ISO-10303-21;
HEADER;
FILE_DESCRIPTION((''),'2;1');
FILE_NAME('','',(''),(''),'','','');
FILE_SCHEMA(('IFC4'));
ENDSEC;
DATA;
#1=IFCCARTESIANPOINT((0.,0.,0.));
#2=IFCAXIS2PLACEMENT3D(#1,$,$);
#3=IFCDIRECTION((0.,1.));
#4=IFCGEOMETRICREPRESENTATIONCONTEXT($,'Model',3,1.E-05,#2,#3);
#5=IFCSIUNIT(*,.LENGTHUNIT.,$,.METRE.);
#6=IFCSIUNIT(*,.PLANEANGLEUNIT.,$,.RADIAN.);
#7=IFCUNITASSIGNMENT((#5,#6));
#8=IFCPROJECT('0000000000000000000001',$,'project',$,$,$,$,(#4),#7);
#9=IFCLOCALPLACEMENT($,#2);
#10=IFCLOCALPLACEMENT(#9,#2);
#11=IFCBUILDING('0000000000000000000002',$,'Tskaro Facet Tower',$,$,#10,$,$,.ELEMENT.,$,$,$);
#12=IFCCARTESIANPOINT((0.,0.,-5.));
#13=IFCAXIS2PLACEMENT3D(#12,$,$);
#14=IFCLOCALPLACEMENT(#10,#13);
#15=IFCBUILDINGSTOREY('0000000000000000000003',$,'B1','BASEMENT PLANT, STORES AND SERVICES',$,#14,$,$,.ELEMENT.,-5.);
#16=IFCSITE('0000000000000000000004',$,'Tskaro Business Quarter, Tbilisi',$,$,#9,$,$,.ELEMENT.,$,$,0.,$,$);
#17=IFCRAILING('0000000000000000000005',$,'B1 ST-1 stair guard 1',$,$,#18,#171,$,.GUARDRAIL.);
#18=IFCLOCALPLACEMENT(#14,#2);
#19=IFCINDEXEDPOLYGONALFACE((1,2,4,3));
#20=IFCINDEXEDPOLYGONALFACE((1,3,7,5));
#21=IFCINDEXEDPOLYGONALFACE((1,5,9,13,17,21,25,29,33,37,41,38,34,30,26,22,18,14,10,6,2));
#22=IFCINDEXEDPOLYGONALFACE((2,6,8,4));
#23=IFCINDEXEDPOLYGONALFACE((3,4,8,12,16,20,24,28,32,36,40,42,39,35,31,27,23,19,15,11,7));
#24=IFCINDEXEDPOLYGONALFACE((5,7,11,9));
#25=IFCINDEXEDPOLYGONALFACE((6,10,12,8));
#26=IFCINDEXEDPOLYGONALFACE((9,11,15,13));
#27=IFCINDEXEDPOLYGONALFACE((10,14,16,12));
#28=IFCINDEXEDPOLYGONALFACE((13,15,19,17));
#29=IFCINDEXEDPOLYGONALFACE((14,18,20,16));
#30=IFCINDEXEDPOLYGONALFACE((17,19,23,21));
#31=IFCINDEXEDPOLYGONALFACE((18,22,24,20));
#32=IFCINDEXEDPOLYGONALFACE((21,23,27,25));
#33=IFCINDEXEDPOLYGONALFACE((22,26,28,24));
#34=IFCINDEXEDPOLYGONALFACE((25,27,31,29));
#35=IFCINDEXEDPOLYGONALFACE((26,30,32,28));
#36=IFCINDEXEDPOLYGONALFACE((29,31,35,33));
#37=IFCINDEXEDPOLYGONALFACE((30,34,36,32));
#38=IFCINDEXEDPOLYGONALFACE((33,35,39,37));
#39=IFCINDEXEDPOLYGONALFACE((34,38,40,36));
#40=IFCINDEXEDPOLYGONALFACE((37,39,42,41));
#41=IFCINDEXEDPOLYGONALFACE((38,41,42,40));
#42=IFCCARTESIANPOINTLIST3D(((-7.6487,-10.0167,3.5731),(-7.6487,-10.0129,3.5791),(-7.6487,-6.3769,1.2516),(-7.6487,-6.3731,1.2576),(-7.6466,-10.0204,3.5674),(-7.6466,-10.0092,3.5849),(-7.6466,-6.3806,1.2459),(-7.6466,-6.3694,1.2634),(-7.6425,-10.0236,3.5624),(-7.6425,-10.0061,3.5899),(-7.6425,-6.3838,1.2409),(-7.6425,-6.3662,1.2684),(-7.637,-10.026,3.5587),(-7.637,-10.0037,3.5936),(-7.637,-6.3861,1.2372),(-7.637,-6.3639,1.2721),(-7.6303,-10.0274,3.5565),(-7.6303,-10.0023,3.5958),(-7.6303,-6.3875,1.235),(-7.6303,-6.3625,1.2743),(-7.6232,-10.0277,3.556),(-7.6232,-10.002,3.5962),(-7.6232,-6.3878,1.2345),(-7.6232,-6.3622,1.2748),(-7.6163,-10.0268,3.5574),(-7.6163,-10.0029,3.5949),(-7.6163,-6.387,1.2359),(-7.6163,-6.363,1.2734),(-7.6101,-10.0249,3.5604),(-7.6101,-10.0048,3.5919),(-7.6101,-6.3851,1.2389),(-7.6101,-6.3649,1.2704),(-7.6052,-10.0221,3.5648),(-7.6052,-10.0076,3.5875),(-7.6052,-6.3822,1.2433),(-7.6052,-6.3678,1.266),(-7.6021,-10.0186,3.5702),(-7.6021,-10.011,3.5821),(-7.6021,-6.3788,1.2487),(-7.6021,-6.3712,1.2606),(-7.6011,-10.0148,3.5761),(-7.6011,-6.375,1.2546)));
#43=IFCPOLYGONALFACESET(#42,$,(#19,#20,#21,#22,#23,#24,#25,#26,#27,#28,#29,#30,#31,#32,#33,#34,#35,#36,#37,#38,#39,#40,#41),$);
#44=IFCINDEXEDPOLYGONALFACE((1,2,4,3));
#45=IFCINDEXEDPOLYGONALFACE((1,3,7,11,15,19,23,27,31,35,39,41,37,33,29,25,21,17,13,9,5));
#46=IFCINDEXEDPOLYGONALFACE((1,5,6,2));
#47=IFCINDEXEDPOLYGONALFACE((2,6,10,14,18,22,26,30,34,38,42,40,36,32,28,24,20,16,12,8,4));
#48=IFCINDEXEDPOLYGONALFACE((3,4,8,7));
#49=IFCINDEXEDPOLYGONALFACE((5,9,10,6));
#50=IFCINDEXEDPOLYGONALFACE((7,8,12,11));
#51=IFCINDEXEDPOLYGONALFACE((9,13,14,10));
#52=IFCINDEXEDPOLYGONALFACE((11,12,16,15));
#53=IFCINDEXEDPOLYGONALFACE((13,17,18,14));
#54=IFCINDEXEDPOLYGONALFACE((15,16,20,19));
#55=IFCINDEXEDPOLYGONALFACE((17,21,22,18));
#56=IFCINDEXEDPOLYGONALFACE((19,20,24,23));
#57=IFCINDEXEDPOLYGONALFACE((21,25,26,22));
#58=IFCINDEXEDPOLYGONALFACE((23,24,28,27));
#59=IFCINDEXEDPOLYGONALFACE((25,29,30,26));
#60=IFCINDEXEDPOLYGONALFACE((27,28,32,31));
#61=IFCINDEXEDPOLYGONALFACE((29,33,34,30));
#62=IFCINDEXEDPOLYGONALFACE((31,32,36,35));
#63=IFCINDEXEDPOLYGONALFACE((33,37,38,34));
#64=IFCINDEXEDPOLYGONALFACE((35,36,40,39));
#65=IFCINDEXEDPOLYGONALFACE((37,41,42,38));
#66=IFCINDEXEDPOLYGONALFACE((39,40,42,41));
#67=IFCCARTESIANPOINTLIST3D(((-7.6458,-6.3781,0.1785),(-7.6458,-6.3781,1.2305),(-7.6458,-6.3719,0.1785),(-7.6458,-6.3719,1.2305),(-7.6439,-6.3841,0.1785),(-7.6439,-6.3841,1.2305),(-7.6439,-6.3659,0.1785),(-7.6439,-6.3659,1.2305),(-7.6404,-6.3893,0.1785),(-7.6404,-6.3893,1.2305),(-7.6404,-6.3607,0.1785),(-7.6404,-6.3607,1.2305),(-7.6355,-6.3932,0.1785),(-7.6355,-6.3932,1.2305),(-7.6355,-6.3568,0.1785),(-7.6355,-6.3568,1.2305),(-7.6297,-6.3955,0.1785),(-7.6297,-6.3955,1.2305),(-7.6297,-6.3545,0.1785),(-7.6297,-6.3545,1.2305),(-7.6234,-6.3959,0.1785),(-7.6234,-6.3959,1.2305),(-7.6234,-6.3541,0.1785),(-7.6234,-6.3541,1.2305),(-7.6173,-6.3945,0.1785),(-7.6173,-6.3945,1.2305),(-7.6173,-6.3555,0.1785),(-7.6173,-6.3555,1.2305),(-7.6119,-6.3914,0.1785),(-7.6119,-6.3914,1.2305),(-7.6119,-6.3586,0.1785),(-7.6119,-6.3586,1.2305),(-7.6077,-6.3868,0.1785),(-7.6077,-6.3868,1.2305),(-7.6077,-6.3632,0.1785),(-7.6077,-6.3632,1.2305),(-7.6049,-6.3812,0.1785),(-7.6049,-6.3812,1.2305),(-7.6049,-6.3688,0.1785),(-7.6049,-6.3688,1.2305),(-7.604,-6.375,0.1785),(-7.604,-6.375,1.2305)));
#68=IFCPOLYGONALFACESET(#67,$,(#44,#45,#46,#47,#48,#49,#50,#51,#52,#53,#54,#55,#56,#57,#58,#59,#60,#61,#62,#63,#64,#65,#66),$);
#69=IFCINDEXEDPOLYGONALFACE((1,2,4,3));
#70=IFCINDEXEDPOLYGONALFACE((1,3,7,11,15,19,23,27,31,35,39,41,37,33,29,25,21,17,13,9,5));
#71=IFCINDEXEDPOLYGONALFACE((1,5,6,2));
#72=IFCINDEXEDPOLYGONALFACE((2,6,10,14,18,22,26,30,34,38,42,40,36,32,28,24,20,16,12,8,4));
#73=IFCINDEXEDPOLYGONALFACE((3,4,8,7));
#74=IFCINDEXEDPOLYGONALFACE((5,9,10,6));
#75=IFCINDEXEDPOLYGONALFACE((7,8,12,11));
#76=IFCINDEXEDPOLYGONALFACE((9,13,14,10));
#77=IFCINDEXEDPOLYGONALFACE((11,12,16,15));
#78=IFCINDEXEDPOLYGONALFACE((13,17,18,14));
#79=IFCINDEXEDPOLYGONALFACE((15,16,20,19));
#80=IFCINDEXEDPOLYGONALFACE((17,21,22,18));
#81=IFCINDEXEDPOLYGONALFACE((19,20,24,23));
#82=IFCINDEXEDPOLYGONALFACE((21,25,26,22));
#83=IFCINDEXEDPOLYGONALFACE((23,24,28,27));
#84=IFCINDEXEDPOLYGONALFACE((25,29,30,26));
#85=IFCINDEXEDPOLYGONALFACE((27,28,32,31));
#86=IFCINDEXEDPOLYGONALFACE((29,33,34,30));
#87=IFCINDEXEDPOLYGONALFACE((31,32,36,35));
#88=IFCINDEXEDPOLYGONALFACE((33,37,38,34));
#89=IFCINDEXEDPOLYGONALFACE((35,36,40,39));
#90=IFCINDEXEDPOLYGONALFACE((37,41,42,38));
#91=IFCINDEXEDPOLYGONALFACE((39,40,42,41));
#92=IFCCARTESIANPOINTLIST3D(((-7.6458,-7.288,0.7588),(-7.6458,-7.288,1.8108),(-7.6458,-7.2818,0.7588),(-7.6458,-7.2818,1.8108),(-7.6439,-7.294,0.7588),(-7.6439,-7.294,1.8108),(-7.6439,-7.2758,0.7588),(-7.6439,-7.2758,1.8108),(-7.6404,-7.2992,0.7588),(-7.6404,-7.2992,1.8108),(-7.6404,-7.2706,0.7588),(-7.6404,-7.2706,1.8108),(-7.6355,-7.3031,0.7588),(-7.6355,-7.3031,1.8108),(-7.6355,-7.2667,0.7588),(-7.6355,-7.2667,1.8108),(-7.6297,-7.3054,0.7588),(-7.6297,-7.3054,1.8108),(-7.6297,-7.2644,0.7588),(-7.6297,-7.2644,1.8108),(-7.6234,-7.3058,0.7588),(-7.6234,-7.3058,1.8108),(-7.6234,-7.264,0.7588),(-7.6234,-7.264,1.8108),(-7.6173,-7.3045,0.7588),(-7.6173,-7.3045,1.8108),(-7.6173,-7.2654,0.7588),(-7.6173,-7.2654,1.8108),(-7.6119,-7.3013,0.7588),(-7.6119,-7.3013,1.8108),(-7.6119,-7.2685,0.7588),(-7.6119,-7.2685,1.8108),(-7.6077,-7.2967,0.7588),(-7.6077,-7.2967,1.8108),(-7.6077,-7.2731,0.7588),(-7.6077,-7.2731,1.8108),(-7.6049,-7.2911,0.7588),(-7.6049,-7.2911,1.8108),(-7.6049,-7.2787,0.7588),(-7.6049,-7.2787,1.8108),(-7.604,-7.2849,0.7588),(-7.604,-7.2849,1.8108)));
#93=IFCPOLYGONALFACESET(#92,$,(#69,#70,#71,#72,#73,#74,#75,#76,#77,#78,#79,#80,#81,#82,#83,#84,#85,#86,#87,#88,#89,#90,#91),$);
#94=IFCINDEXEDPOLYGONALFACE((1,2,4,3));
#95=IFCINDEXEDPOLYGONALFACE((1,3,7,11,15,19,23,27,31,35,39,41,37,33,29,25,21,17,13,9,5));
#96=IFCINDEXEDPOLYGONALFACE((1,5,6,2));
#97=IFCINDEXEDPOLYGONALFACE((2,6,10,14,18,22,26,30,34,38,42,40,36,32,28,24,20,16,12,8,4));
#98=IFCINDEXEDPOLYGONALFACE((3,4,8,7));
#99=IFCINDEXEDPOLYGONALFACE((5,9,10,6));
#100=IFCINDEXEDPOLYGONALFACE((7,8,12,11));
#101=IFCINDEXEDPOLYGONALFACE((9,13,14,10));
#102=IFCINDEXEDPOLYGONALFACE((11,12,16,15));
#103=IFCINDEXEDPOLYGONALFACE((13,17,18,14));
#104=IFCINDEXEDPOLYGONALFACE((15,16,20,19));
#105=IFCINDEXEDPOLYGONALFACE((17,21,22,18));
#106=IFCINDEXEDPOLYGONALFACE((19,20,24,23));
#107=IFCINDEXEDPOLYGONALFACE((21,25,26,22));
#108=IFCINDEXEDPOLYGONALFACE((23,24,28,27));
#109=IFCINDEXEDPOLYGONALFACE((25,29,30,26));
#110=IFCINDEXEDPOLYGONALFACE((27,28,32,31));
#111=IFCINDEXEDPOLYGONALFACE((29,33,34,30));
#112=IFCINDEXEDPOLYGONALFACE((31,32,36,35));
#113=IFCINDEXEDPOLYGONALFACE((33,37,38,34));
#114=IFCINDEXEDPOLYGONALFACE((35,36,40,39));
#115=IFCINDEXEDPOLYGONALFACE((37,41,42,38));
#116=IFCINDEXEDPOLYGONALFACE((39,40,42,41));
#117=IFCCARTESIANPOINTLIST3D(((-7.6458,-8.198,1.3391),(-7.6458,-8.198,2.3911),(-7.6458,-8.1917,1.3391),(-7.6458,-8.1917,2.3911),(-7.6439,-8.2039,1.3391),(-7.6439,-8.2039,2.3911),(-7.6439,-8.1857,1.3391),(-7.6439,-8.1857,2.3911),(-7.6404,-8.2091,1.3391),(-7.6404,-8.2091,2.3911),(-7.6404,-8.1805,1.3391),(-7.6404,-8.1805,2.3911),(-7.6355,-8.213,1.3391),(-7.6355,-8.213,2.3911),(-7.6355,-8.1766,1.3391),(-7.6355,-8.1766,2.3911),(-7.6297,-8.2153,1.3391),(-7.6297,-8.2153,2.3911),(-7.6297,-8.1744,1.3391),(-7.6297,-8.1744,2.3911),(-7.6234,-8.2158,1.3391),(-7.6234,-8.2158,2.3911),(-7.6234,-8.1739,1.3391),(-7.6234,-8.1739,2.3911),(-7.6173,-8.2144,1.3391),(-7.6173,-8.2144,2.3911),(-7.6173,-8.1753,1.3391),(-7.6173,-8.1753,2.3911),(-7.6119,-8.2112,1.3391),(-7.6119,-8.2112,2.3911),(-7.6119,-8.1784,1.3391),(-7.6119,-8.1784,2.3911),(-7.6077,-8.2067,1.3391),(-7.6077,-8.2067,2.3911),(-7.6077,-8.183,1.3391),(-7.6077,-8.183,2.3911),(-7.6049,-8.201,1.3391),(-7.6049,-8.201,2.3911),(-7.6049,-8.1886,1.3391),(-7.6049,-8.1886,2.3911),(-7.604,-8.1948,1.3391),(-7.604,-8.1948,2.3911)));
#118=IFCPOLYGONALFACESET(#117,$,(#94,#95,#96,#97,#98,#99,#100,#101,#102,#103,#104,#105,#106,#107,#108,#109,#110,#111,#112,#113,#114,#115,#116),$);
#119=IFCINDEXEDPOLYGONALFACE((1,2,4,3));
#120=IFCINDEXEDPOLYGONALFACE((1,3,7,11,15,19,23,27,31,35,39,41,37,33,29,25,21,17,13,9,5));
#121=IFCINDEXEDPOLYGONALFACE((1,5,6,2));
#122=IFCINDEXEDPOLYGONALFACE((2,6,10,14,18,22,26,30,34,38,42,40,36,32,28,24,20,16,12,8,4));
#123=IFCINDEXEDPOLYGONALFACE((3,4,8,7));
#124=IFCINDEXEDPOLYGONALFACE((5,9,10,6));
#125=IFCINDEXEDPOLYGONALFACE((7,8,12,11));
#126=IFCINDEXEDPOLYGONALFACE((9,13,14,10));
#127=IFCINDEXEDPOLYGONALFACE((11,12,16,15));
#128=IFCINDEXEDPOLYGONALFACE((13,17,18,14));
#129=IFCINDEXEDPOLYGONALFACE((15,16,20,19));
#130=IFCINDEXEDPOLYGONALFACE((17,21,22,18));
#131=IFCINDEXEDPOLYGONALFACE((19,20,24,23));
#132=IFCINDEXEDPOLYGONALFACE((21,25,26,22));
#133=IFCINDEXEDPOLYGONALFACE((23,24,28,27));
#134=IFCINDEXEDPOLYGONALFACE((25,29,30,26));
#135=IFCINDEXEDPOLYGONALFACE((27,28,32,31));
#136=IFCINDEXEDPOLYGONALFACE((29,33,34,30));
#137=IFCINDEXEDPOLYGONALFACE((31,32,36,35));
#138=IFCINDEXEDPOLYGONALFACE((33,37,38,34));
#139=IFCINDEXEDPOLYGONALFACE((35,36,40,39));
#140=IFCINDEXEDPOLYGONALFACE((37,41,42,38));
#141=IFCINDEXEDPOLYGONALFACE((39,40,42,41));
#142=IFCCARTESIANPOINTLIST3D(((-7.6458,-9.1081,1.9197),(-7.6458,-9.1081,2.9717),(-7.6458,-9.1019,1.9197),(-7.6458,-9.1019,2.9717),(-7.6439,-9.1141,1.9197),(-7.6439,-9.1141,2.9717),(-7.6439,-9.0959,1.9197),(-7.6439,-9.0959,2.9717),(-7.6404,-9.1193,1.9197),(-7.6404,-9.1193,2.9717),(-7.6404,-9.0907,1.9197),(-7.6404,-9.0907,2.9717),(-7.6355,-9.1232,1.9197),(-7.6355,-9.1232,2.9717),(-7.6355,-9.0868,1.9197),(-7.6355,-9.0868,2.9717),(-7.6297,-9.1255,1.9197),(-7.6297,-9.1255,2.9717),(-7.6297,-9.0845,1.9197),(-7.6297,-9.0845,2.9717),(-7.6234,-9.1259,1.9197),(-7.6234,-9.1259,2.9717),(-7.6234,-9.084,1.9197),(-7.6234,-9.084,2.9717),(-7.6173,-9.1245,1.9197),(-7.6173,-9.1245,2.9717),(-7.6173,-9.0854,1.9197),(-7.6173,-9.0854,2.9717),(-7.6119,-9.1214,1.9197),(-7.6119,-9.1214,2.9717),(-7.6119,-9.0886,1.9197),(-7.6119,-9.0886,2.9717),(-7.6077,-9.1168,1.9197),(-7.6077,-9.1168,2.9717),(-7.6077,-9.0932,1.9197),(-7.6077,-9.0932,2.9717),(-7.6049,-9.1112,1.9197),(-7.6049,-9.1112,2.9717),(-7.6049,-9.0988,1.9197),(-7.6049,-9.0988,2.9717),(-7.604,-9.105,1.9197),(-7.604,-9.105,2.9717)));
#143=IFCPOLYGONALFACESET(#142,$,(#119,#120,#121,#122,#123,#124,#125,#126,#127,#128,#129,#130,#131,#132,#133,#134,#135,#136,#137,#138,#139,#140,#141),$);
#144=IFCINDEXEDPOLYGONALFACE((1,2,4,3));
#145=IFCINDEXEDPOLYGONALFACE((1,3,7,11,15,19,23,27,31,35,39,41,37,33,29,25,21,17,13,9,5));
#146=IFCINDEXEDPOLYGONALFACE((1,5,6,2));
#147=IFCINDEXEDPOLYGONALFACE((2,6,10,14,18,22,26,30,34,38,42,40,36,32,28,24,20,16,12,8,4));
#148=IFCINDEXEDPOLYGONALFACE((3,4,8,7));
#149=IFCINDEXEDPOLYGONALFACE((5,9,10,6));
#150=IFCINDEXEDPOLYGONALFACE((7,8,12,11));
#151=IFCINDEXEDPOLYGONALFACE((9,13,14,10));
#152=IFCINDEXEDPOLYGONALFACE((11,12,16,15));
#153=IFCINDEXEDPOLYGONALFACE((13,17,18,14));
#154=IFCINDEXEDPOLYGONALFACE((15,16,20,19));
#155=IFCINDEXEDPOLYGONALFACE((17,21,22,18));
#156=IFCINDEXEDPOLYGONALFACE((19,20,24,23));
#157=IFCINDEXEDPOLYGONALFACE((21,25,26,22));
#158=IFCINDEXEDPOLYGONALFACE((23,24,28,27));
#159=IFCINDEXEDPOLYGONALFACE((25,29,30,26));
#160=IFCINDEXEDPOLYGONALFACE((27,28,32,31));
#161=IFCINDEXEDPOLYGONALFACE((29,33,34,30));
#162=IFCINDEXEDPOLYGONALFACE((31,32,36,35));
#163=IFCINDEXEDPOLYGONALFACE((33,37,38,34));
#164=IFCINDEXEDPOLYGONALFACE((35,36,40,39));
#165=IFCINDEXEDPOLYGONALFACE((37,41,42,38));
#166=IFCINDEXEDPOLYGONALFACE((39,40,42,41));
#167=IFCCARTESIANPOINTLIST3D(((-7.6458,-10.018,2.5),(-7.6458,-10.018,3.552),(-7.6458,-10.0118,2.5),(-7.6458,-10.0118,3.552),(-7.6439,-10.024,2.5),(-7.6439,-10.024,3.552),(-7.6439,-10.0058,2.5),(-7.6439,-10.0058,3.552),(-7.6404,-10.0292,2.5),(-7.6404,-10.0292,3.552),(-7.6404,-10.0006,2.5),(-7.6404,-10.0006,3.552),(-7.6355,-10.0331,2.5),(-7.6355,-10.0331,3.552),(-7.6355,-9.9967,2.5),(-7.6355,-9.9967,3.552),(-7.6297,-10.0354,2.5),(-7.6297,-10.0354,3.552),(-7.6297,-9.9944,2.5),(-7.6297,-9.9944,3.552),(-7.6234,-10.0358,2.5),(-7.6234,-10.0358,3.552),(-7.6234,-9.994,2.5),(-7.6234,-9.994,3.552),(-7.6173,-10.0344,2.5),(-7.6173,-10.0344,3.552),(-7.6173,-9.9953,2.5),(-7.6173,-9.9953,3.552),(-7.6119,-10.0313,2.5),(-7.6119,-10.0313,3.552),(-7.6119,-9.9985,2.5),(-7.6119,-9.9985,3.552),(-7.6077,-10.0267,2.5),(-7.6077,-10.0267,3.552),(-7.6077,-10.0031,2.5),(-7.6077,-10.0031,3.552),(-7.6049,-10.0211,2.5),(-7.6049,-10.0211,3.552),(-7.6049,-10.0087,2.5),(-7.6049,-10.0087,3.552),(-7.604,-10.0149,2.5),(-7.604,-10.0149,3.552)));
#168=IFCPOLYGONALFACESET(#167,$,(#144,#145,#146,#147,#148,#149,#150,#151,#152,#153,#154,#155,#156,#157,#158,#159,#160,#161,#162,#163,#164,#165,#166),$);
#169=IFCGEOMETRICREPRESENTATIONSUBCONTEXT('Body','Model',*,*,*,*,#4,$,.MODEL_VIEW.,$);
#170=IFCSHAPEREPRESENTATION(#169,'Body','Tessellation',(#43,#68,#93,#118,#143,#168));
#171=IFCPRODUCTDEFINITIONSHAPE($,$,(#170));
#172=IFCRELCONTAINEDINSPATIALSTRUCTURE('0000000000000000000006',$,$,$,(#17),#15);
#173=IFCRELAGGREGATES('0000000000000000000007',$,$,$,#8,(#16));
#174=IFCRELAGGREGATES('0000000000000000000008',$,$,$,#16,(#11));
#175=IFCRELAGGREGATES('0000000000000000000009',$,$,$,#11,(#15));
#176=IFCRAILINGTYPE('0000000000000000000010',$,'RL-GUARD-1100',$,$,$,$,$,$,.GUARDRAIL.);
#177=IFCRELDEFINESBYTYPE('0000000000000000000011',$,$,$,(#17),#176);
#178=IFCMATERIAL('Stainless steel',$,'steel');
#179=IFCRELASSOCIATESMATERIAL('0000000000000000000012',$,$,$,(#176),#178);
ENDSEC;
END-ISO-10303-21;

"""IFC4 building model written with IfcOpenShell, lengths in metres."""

from ifc_helpers import new_model, si_unit, direction, frame, origin, origin_2d, place, context, subcontext, project, spatial, circle, extrude, material, type_object, element, save


model = new_model("IFC4")

# Units and contexts
model_context = context("Model", 3, precision=1e-05, world=origin(), true_north=direction((0.0, 1.0)))
body_context = subcontext(model_context, "Body", "Model", "MODEL_VIEW")
ifc_project = project(units=[si_unit("LENGTHUNIT", "METRE"), si_unit("PLANEANGLEUNIT", "RADIAN")], contexts=[model_context])

# Site, building, storey
site_placement = place(None, origin())
site = spatial("IfcSite", under=ifc_project, at=site_placement, Name="Tskaro Business Quarter, Tbilisi", CompositionType="ELEMENT", RefElevation=0.0)
building_placement = place(site_placement, origin())
building = spatial("IfcBuilding", under=site, at=building_placement, Name="Tskaro Facet Tower", CompositionType="ELEMENT")
storey_placement = place(building_placement, frame((0.0, 0.0, -5.0)))
storey = spatial("IfcBuildingStorey", under=building, at=storey_placement, Name="B1", Description="BASEMENT PLANT, STORES AND SERVICES", CompositionType="ELEMENT", Elevation=-5.0)

# Shared definitions
ifc_material_1 = material(Name="Stainless steel", Category="steel")

# Railing
railing_type_1 = type_object("IfcRailingType", Name="RL-GUARD-1100", PredefinedType="GUARDRAIL", material=ifc_material_1)
railing_1_placement = place(storey_placement, frame((-7.625, -6.375, 0.1785)))
element("IfcRailing", 1, at=railing_1_placement, inside=storey, type_object=railing_type_1, Name="B1 ST-1 stair guard 1", PredefinedType="GUARDRAIL", context=body_context, shape_type="SweptSolid", body=[
    extrude(circle(Radius=0.0239, at=origin_2d()), frame((0.0, 0.0, 1.0762), z_axis=(0.0, -0.843112, 0.537739), x_axis=(1.0, 0.0, 0.0)), (0.0, 0.0, 1.0), 4.3171),
    extrude(circle(Radius=0.021, at=origin_2d()), origin(), (0.0, 0.0, 1.0), 1.052),
    extrude(circle(Radius=0.021, at=origin_2d()), frame((0.0, -0.9099, 0.5803)), (0.0, 0.0, 1.0), 1.052),
    extrude(circle(Radius=0.021, at=origin_2d()), frame((0.0, -1.8198, 1.1606)), (0.0, 0.0, 1.0), 1.052),
    extrude(circle(Radius=0.021, at=origin_2d()), frame((0.0, -2.73, 1.7412)), (0.0, 0.0, 1.0), 1.052),
    extrude(circle(Radius=0.021, at=origin_2d()), frame((0.0, -3.6399, 2.3215)), (0.0, 0.0, 1.0), 1.052),
])

save(model, "model.ifc")
